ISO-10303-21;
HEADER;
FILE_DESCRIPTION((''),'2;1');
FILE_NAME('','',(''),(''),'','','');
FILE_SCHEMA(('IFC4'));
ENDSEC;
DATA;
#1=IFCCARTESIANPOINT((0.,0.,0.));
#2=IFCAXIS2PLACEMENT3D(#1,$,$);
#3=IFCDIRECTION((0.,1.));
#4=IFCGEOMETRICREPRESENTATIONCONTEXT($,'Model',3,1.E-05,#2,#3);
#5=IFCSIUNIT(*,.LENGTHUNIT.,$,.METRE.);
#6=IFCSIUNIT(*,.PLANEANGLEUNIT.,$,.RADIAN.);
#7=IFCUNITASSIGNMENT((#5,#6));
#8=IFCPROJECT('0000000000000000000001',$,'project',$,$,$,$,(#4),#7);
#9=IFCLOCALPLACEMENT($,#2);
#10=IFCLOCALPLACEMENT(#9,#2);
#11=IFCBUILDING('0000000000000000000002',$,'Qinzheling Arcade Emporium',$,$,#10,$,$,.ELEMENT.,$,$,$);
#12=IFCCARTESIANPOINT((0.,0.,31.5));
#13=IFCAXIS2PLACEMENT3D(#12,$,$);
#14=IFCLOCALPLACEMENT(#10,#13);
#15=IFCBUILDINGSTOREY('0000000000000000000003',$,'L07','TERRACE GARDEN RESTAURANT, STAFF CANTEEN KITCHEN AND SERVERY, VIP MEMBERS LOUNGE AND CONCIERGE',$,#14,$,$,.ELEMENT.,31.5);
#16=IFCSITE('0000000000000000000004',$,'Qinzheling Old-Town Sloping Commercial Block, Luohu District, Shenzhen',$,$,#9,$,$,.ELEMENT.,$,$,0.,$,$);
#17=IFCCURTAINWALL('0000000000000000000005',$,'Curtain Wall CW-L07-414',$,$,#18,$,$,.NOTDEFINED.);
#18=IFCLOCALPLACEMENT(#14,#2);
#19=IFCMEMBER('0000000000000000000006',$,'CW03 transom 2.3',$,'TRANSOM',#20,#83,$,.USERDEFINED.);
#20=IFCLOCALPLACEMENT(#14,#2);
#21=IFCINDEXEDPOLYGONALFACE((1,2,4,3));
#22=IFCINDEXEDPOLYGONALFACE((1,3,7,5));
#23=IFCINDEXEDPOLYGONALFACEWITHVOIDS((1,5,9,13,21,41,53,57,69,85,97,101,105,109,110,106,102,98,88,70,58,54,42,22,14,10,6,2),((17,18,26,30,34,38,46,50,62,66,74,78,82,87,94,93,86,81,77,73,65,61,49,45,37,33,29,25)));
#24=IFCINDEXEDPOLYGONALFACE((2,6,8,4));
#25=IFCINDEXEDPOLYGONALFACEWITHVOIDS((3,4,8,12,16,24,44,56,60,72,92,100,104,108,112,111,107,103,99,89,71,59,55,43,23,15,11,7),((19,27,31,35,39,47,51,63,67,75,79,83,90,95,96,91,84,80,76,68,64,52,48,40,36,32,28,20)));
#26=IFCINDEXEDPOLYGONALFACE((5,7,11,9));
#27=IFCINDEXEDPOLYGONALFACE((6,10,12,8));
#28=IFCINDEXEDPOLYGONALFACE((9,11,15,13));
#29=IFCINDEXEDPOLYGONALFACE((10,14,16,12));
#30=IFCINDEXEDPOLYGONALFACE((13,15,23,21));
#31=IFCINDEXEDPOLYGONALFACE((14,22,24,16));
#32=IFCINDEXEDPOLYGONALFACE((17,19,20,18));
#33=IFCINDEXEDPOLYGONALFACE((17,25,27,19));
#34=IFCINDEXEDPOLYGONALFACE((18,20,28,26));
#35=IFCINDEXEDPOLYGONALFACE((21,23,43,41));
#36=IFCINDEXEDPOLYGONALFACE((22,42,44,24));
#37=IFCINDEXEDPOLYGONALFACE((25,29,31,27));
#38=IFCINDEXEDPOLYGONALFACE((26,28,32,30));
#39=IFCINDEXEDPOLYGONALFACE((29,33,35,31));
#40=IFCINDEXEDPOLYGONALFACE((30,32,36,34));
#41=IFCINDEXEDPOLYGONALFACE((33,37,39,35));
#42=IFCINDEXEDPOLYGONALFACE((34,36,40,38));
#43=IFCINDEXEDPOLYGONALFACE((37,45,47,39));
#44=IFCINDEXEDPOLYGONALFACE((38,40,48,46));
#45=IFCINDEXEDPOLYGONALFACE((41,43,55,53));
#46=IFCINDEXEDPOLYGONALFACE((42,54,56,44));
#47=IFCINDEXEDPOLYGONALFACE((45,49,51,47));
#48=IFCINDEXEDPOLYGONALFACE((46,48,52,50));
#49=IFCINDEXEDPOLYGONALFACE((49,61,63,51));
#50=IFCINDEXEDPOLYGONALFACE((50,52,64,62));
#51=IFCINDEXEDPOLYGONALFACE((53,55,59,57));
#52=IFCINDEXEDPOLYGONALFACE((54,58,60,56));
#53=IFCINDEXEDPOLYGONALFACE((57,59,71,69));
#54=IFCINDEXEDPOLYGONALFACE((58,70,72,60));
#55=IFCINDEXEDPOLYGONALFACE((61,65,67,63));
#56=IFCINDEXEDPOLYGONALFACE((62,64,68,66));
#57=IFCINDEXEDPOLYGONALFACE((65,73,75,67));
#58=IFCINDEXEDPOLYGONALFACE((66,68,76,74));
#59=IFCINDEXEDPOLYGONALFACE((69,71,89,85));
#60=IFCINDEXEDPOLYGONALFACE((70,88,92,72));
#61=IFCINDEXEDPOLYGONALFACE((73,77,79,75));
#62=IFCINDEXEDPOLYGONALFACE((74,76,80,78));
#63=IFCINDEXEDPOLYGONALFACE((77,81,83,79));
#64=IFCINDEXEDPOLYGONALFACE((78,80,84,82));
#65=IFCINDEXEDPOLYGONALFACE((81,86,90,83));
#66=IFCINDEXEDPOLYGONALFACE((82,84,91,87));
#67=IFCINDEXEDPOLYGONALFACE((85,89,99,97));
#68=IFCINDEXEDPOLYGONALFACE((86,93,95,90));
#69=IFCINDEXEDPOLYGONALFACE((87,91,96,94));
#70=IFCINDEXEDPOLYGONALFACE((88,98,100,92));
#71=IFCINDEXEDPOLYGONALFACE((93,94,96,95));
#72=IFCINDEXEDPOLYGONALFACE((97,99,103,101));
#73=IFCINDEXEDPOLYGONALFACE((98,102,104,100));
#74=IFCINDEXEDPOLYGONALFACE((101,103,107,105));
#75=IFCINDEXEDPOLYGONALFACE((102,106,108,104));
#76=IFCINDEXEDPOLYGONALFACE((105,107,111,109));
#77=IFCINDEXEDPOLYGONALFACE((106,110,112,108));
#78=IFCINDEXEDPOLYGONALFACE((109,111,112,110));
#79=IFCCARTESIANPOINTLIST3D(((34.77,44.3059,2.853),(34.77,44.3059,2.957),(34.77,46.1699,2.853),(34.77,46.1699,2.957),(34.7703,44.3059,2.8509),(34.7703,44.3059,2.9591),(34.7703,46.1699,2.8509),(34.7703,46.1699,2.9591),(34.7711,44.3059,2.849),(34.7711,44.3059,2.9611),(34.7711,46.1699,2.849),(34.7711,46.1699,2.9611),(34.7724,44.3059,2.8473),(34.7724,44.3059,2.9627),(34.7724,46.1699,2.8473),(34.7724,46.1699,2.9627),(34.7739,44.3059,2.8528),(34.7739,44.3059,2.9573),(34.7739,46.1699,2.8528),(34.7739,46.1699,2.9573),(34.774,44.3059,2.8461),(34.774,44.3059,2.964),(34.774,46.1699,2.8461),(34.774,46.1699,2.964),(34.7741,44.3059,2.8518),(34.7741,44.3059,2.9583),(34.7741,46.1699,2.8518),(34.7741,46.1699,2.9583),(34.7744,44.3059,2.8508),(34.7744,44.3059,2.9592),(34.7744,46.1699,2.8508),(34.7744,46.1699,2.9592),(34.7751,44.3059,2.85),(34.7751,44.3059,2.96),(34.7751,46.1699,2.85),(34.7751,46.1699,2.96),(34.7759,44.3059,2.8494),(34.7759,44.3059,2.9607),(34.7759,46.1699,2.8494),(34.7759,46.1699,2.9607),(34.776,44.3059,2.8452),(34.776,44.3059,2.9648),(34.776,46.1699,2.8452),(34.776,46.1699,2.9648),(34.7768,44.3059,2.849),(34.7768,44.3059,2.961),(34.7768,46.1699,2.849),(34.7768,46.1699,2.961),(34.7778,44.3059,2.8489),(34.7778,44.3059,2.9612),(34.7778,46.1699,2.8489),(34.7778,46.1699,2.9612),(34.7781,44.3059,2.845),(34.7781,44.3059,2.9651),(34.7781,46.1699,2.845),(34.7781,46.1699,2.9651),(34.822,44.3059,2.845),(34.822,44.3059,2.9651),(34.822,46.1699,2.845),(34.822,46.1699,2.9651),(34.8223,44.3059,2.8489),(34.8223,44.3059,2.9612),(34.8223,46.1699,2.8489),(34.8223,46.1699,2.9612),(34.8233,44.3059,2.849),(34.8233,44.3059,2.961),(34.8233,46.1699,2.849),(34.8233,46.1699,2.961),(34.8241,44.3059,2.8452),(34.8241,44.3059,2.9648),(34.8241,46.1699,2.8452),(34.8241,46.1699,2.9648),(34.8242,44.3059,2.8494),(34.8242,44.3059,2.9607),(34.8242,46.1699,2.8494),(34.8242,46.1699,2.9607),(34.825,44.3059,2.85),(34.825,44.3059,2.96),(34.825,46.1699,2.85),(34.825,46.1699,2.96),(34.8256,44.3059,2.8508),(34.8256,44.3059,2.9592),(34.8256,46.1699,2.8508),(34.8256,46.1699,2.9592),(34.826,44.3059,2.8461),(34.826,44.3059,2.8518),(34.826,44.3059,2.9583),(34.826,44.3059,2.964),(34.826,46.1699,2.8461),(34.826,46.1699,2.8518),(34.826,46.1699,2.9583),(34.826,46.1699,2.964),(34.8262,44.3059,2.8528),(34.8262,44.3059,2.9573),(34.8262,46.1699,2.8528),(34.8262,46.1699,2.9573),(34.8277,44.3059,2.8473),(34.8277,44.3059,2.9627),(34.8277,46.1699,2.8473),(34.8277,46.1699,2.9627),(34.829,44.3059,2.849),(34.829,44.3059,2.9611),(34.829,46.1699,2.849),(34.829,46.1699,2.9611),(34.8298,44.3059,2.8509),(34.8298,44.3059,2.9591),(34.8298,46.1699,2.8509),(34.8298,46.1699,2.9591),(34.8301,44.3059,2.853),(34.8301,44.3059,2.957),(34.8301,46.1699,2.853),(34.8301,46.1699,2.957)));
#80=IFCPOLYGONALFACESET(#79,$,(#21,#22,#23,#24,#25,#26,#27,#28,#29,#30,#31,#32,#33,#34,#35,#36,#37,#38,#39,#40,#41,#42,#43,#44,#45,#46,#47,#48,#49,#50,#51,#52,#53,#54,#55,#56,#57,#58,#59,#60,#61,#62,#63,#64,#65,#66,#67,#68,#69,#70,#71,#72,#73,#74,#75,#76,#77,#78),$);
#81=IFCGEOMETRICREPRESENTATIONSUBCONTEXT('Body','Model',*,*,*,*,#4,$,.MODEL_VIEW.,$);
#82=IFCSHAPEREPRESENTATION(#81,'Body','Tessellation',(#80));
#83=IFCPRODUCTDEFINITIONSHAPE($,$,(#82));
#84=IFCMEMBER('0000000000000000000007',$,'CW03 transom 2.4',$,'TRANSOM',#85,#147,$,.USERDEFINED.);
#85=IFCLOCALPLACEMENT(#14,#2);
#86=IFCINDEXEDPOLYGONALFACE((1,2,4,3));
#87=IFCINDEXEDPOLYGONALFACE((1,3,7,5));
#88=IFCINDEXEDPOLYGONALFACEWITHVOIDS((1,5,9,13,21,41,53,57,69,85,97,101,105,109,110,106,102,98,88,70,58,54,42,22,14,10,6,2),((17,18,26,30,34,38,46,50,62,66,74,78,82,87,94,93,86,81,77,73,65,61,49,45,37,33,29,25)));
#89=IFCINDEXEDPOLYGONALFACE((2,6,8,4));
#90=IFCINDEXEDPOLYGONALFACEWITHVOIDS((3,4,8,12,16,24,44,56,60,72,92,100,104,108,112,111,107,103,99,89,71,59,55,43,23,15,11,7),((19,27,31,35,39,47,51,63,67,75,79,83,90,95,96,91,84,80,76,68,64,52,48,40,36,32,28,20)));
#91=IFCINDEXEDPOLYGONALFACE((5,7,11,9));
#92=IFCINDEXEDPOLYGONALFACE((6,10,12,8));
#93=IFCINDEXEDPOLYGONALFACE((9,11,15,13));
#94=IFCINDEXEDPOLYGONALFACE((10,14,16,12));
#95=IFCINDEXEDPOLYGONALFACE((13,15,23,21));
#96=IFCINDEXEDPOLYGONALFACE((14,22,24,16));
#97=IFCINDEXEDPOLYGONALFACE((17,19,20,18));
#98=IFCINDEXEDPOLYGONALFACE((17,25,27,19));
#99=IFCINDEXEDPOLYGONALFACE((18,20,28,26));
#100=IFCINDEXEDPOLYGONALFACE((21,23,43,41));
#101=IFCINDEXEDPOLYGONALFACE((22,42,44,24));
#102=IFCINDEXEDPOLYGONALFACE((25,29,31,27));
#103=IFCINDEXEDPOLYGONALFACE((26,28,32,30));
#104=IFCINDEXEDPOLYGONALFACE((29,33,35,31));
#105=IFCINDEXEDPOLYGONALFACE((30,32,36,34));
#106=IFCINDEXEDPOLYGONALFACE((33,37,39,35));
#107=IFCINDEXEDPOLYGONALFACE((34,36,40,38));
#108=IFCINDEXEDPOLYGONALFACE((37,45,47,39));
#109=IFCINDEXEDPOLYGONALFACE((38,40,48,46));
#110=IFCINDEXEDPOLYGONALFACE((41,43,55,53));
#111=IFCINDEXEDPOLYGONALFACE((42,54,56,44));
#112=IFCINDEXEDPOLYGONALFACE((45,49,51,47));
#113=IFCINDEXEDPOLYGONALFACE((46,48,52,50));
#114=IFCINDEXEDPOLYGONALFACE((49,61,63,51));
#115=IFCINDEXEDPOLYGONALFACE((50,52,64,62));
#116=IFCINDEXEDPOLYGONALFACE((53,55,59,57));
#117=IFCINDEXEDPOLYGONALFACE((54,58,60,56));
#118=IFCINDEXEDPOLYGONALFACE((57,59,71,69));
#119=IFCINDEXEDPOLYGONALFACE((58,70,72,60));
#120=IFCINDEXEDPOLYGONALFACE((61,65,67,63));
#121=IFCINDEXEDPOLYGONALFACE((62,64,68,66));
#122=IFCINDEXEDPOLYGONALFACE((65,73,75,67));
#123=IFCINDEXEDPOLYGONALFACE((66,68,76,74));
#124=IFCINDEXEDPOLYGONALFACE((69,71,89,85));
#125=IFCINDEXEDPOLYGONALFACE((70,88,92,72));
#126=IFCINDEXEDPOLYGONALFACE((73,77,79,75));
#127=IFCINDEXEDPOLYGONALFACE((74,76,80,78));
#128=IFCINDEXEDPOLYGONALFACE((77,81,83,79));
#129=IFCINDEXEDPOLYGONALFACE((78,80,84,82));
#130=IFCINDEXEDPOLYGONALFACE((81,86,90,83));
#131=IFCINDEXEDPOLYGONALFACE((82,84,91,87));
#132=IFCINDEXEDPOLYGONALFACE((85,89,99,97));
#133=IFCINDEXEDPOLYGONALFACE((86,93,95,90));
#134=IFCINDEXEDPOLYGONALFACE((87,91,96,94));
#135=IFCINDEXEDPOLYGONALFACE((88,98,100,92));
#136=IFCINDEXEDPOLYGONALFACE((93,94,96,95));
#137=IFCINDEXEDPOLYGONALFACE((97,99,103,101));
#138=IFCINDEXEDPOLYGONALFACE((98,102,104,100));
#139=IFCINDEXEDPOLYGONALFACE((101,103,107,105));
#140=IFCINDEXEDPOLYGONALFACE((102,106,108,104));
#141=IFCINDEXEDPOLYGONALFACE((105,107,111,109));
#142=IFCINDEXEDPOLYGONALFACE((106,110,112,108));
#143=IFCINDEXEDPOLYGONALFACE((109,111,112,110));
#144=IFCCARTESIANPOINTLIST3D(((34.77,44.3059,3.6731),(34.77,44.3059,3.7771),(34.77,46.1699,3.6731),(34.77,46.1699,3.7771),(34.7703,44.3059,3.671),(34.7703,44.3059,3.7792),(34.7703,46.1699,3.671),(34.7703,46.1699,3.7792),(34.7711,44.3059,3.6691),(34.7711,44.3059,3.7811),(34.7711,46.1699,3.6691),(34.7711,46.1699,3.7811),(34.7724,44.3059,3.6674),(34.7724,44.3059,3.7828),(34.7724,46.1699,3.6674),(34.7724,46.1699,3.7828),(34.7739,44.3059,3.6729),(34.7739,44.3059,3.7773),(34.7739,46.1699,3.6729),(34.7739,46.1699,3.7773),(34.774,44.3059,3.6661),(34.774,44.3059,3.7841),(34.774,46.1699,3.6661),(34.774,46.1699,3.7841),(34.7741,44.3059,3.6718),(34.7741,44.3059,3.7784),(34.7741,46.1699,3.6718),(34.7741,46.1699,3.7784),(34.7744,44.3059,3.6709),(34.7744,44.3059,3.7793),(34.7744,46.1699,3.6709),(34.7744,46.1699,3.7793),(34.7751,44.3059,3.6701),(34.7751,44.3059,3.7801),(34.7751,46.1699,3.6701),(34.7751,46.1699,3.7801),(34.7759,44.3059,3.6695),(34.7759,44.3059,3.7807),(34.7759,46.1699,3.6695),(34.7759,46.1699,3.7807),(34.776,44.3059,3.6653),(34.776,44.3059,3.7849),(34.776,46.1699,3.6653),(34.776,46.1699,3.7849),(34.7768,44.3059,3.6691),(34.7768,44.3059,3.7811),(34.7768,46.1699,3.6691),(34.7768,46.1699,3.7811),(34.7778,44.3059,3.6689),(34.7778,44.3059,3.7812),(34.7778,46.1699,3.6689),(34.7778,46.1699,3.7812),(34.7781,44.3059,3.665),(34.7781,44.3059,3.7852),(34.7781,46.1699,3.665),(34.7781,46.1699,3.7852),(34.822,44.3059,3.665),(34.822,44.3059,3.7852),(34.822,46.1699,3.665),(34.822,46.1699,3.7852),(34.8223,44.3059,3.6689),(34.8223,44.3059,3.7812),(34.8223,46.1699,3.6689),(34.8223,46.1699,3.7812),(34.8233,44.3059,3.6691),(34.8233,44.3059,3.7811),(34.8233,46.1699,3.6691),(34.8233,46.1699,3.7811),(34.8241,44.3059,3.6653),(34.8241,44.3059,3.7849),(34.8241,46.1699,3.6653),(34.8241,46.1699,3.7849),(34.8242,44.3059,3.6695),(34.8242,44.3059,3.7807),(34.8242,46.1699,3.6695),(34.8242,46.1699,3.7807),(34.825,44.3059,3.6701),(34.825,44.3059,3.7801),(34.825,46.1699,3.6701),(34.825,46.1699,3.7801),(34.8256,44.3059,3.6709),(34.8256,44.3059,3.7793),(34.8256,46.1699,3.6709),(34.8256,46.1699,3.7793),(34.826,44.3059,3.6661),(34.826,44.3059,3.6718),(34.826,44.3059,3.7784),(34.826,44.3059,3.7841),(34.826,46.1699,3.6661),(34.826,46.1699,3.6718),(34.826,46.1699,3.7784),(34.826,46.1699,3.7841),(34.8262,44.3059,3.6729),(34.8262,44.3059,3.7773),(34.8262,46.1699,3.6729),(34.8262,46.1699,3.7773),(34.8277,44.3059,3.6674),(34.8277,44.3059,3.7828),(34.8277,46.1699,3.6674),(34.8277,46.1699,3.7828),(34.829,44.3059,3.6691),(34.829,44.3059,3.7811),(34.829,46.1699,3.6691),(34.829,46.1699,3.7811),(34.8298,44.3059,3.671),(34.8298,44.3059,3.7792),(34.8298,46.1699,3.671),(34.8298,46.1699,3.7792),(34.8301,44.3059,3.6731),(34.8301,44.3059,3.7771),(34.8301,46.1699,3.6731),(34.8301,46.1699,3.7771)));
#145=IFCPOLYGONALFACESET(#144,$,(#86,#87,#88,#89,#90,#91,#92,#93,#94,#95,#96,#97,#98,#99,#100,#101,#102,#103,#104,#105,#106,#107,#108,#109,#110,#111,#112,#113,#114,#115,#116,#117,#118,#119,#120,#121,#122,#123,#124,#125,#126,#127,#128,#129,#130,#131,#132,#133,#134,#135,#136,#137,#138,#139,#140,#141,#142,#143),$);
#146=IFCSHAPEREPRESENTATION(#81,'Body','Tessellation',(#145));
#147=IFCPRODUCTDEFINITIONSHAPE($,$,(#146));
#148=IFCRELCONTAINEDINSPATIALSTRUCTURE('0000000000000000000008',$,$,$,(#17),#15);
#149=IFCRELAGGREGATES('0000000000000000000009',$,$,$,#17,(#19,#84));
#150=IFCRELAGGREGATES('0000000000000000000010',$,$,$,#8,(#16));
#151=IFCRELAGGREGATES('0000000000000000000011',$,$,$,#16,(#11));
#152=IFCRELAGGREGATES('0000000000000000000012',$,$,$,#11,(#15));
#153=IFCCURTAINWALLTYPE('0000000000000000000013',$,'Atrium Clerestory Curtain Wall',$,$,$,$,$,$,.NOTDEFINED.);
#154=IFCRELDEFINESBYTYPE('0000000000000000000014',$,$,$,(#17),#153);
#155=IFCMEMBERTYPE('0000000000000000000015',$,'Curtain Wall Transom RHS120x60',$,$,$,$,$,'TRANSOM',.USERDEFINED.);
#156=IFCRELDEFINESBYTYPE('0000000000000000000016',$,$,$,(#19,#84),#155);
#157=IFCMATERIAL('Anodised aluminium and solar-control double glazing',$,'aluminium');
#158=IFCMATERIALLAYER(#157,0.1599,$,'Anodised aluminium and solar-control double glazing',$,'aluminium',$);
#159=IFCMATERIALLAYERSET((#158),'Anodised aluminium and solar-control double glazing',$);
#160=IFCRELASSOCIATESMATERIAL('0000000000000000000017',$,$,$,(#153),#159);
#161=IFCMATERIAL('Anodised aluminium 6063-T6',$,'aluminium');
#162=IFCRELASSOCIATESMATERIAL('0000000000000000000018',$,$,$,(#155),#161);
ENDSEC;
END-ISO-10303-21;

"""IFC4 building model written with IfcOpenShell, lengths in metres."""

from ifc_helpers import new_model, si_unit, direction, frame, origin, origin_2d, place, context, subcontext, project, spatial, hollow_rectangle, extrude, material, layer, layer_set, material_profile, profile_set, type_object, element, aggregate, save


model = new_model("IFC4")

# Units and contexts
model_context = context("Model", 3, precision=1e-05, world=origin(), true_north=direction((0.0, 1.0)))
body_context = subcontext(model_context, "Body", "Model", "MODEL_VIEW")
ifc_project = project(units=[si_unit("LENGTHUNIT", "METRE"), si_unit("PLANEANGLEUNIT", "RADIAN")], contexts=[model_context])

# Site, building, storey
site_placement = place(None, origin())
site = spatial("IfcSite", under=ifc_project, at=site_placement, Name="Qinzheling Old-Town Sloping Commercial Block, Luohu District, Shenzhen", CompositionType="ELEMENT", RefElevation=0.0)
building_placement = place(site_placement, origin())
building = spatial("IfcBuilding", under=site, at=building_placement, Name="Qinzheling Arcade Emporium", CompositionType="ELEMENT")
storey_placement = place(building_placement, frame((0.0, 0.0, 31.5)))
storey = spatial("IfcBuildingStorey", under=building, at=storey_placement, Name="L07", Description="TERRACE GARDEN RESTAURANT, STAFF CANTEEN KITCHEN AND SERVERY, VIP MEMBERS LOUNGE AND CONCIERGE", CompositionType="ELEMENT", Elevation=31.5)

# Shared definitions
ifc_material_1 = material(Name="Anodised aluminium and solar-control double glazing", Category="aluminium")
ifc_layer_1 = layer(ifc_material_1, 0.1599, Name="Anodised aluminium and solar-control double glazing", Category="aluminium")
ifc_layer_set_1 = layer_set([ifc_layer_1], Name="Anodised aluminium and solar-control double glazing")
curtain_wall_type = type_object("IfcCurtainWallType", Name="Atrium Clerestory Curtain Wall", PredefinedType="NOTDEFINED", material=ifc_layer_set_1)
ifc_material_2 = material(Name="Anodised aluminium 6063-T6", Category="aluminium")

# Curtain wall, members
curtain_wall_1_placement = place(storey_placement, origin())
curtain_wall_1 = element("IfcCurtainWall", 1, at=curtain_wall_1_placement, inside=storey, type_object=curtain_wall_type, Name="Curtain Wall CW-L07-414", PredefinedType="NOTDEFINED")
ifc_material_profile_1 = material_profile(ifc_material_2, hollow_rectangle(XDim=0.0601, YDim=0.1201, WallThickness=0.0039, InnerFilletRadius=0.0039, OuterFilletRadius=0.0081, at=origin_2d()), Name="RHS 120x60x4", Category="aluminium")
ifc_profile_set_1 = profile_set([ifc_material_profile_1], Name="Anodised aluminium 6063-T6")
member_type_1 = type_object("IfcMemberType", Name="Curtain Wall Transom RHS120x60", ElementType="TRANSOM", PredefinedType="USERDEFINED", material=ifc_profile_set_1)
member_1_placement = place(storey_placement, frame((34.8, 44.3059, 2.905), z_axis=(0.0, 1.0, 0.0), x_axis=(-1.0, 0.0, 0.0)))
member_1 = element("IfcMember", 2, at=member_1_placement, type_object=member_type_1, Name="CW03 transom 2.3", ObjectType="TRANSOM", PredefinedType="USERDEFINED", context=body_context, shape_type="SweptSolid", body=[
    extrude(hollow_rectangle(XDim=0.0601, YDim=0.1201, WallThickness=0.0039, InnerFilletRadius=0.0039, OuterFilletRadius=0.0081, at=origin_2d()), origin(), (0.0, 0.0, 1.0), 1.864),
])
member_2_placement = place(storey_placement, frame((34.8, 44.3059, 3.7251), z_axis=(0.0, 1.0, 0.0), x_axis=(-1.0, 0.0, 0.0)))
member_2 = element("IfcMember", 3, at=member_2_placement, type_object=member_type_1, Name="CW03 transom 2.4", ObjectType="TRANSOM", PredefinedType="USERDEFINED", context=body_context, shape_type="SweptSolid", body=[
    extrude(hollow_rectangle(XDim=0.0601, YDim=0.1201, WallThickness=0.0039, InnerFilletRadius=0.0039, OuterFilletRadius=0.0081, at=origin_2d()), origin(), (0.0, 0.0, 1.0), 1.864),
])

aggregate(curtain_wall_1, [member_1, member_2])

save(model, "model.ifc")
